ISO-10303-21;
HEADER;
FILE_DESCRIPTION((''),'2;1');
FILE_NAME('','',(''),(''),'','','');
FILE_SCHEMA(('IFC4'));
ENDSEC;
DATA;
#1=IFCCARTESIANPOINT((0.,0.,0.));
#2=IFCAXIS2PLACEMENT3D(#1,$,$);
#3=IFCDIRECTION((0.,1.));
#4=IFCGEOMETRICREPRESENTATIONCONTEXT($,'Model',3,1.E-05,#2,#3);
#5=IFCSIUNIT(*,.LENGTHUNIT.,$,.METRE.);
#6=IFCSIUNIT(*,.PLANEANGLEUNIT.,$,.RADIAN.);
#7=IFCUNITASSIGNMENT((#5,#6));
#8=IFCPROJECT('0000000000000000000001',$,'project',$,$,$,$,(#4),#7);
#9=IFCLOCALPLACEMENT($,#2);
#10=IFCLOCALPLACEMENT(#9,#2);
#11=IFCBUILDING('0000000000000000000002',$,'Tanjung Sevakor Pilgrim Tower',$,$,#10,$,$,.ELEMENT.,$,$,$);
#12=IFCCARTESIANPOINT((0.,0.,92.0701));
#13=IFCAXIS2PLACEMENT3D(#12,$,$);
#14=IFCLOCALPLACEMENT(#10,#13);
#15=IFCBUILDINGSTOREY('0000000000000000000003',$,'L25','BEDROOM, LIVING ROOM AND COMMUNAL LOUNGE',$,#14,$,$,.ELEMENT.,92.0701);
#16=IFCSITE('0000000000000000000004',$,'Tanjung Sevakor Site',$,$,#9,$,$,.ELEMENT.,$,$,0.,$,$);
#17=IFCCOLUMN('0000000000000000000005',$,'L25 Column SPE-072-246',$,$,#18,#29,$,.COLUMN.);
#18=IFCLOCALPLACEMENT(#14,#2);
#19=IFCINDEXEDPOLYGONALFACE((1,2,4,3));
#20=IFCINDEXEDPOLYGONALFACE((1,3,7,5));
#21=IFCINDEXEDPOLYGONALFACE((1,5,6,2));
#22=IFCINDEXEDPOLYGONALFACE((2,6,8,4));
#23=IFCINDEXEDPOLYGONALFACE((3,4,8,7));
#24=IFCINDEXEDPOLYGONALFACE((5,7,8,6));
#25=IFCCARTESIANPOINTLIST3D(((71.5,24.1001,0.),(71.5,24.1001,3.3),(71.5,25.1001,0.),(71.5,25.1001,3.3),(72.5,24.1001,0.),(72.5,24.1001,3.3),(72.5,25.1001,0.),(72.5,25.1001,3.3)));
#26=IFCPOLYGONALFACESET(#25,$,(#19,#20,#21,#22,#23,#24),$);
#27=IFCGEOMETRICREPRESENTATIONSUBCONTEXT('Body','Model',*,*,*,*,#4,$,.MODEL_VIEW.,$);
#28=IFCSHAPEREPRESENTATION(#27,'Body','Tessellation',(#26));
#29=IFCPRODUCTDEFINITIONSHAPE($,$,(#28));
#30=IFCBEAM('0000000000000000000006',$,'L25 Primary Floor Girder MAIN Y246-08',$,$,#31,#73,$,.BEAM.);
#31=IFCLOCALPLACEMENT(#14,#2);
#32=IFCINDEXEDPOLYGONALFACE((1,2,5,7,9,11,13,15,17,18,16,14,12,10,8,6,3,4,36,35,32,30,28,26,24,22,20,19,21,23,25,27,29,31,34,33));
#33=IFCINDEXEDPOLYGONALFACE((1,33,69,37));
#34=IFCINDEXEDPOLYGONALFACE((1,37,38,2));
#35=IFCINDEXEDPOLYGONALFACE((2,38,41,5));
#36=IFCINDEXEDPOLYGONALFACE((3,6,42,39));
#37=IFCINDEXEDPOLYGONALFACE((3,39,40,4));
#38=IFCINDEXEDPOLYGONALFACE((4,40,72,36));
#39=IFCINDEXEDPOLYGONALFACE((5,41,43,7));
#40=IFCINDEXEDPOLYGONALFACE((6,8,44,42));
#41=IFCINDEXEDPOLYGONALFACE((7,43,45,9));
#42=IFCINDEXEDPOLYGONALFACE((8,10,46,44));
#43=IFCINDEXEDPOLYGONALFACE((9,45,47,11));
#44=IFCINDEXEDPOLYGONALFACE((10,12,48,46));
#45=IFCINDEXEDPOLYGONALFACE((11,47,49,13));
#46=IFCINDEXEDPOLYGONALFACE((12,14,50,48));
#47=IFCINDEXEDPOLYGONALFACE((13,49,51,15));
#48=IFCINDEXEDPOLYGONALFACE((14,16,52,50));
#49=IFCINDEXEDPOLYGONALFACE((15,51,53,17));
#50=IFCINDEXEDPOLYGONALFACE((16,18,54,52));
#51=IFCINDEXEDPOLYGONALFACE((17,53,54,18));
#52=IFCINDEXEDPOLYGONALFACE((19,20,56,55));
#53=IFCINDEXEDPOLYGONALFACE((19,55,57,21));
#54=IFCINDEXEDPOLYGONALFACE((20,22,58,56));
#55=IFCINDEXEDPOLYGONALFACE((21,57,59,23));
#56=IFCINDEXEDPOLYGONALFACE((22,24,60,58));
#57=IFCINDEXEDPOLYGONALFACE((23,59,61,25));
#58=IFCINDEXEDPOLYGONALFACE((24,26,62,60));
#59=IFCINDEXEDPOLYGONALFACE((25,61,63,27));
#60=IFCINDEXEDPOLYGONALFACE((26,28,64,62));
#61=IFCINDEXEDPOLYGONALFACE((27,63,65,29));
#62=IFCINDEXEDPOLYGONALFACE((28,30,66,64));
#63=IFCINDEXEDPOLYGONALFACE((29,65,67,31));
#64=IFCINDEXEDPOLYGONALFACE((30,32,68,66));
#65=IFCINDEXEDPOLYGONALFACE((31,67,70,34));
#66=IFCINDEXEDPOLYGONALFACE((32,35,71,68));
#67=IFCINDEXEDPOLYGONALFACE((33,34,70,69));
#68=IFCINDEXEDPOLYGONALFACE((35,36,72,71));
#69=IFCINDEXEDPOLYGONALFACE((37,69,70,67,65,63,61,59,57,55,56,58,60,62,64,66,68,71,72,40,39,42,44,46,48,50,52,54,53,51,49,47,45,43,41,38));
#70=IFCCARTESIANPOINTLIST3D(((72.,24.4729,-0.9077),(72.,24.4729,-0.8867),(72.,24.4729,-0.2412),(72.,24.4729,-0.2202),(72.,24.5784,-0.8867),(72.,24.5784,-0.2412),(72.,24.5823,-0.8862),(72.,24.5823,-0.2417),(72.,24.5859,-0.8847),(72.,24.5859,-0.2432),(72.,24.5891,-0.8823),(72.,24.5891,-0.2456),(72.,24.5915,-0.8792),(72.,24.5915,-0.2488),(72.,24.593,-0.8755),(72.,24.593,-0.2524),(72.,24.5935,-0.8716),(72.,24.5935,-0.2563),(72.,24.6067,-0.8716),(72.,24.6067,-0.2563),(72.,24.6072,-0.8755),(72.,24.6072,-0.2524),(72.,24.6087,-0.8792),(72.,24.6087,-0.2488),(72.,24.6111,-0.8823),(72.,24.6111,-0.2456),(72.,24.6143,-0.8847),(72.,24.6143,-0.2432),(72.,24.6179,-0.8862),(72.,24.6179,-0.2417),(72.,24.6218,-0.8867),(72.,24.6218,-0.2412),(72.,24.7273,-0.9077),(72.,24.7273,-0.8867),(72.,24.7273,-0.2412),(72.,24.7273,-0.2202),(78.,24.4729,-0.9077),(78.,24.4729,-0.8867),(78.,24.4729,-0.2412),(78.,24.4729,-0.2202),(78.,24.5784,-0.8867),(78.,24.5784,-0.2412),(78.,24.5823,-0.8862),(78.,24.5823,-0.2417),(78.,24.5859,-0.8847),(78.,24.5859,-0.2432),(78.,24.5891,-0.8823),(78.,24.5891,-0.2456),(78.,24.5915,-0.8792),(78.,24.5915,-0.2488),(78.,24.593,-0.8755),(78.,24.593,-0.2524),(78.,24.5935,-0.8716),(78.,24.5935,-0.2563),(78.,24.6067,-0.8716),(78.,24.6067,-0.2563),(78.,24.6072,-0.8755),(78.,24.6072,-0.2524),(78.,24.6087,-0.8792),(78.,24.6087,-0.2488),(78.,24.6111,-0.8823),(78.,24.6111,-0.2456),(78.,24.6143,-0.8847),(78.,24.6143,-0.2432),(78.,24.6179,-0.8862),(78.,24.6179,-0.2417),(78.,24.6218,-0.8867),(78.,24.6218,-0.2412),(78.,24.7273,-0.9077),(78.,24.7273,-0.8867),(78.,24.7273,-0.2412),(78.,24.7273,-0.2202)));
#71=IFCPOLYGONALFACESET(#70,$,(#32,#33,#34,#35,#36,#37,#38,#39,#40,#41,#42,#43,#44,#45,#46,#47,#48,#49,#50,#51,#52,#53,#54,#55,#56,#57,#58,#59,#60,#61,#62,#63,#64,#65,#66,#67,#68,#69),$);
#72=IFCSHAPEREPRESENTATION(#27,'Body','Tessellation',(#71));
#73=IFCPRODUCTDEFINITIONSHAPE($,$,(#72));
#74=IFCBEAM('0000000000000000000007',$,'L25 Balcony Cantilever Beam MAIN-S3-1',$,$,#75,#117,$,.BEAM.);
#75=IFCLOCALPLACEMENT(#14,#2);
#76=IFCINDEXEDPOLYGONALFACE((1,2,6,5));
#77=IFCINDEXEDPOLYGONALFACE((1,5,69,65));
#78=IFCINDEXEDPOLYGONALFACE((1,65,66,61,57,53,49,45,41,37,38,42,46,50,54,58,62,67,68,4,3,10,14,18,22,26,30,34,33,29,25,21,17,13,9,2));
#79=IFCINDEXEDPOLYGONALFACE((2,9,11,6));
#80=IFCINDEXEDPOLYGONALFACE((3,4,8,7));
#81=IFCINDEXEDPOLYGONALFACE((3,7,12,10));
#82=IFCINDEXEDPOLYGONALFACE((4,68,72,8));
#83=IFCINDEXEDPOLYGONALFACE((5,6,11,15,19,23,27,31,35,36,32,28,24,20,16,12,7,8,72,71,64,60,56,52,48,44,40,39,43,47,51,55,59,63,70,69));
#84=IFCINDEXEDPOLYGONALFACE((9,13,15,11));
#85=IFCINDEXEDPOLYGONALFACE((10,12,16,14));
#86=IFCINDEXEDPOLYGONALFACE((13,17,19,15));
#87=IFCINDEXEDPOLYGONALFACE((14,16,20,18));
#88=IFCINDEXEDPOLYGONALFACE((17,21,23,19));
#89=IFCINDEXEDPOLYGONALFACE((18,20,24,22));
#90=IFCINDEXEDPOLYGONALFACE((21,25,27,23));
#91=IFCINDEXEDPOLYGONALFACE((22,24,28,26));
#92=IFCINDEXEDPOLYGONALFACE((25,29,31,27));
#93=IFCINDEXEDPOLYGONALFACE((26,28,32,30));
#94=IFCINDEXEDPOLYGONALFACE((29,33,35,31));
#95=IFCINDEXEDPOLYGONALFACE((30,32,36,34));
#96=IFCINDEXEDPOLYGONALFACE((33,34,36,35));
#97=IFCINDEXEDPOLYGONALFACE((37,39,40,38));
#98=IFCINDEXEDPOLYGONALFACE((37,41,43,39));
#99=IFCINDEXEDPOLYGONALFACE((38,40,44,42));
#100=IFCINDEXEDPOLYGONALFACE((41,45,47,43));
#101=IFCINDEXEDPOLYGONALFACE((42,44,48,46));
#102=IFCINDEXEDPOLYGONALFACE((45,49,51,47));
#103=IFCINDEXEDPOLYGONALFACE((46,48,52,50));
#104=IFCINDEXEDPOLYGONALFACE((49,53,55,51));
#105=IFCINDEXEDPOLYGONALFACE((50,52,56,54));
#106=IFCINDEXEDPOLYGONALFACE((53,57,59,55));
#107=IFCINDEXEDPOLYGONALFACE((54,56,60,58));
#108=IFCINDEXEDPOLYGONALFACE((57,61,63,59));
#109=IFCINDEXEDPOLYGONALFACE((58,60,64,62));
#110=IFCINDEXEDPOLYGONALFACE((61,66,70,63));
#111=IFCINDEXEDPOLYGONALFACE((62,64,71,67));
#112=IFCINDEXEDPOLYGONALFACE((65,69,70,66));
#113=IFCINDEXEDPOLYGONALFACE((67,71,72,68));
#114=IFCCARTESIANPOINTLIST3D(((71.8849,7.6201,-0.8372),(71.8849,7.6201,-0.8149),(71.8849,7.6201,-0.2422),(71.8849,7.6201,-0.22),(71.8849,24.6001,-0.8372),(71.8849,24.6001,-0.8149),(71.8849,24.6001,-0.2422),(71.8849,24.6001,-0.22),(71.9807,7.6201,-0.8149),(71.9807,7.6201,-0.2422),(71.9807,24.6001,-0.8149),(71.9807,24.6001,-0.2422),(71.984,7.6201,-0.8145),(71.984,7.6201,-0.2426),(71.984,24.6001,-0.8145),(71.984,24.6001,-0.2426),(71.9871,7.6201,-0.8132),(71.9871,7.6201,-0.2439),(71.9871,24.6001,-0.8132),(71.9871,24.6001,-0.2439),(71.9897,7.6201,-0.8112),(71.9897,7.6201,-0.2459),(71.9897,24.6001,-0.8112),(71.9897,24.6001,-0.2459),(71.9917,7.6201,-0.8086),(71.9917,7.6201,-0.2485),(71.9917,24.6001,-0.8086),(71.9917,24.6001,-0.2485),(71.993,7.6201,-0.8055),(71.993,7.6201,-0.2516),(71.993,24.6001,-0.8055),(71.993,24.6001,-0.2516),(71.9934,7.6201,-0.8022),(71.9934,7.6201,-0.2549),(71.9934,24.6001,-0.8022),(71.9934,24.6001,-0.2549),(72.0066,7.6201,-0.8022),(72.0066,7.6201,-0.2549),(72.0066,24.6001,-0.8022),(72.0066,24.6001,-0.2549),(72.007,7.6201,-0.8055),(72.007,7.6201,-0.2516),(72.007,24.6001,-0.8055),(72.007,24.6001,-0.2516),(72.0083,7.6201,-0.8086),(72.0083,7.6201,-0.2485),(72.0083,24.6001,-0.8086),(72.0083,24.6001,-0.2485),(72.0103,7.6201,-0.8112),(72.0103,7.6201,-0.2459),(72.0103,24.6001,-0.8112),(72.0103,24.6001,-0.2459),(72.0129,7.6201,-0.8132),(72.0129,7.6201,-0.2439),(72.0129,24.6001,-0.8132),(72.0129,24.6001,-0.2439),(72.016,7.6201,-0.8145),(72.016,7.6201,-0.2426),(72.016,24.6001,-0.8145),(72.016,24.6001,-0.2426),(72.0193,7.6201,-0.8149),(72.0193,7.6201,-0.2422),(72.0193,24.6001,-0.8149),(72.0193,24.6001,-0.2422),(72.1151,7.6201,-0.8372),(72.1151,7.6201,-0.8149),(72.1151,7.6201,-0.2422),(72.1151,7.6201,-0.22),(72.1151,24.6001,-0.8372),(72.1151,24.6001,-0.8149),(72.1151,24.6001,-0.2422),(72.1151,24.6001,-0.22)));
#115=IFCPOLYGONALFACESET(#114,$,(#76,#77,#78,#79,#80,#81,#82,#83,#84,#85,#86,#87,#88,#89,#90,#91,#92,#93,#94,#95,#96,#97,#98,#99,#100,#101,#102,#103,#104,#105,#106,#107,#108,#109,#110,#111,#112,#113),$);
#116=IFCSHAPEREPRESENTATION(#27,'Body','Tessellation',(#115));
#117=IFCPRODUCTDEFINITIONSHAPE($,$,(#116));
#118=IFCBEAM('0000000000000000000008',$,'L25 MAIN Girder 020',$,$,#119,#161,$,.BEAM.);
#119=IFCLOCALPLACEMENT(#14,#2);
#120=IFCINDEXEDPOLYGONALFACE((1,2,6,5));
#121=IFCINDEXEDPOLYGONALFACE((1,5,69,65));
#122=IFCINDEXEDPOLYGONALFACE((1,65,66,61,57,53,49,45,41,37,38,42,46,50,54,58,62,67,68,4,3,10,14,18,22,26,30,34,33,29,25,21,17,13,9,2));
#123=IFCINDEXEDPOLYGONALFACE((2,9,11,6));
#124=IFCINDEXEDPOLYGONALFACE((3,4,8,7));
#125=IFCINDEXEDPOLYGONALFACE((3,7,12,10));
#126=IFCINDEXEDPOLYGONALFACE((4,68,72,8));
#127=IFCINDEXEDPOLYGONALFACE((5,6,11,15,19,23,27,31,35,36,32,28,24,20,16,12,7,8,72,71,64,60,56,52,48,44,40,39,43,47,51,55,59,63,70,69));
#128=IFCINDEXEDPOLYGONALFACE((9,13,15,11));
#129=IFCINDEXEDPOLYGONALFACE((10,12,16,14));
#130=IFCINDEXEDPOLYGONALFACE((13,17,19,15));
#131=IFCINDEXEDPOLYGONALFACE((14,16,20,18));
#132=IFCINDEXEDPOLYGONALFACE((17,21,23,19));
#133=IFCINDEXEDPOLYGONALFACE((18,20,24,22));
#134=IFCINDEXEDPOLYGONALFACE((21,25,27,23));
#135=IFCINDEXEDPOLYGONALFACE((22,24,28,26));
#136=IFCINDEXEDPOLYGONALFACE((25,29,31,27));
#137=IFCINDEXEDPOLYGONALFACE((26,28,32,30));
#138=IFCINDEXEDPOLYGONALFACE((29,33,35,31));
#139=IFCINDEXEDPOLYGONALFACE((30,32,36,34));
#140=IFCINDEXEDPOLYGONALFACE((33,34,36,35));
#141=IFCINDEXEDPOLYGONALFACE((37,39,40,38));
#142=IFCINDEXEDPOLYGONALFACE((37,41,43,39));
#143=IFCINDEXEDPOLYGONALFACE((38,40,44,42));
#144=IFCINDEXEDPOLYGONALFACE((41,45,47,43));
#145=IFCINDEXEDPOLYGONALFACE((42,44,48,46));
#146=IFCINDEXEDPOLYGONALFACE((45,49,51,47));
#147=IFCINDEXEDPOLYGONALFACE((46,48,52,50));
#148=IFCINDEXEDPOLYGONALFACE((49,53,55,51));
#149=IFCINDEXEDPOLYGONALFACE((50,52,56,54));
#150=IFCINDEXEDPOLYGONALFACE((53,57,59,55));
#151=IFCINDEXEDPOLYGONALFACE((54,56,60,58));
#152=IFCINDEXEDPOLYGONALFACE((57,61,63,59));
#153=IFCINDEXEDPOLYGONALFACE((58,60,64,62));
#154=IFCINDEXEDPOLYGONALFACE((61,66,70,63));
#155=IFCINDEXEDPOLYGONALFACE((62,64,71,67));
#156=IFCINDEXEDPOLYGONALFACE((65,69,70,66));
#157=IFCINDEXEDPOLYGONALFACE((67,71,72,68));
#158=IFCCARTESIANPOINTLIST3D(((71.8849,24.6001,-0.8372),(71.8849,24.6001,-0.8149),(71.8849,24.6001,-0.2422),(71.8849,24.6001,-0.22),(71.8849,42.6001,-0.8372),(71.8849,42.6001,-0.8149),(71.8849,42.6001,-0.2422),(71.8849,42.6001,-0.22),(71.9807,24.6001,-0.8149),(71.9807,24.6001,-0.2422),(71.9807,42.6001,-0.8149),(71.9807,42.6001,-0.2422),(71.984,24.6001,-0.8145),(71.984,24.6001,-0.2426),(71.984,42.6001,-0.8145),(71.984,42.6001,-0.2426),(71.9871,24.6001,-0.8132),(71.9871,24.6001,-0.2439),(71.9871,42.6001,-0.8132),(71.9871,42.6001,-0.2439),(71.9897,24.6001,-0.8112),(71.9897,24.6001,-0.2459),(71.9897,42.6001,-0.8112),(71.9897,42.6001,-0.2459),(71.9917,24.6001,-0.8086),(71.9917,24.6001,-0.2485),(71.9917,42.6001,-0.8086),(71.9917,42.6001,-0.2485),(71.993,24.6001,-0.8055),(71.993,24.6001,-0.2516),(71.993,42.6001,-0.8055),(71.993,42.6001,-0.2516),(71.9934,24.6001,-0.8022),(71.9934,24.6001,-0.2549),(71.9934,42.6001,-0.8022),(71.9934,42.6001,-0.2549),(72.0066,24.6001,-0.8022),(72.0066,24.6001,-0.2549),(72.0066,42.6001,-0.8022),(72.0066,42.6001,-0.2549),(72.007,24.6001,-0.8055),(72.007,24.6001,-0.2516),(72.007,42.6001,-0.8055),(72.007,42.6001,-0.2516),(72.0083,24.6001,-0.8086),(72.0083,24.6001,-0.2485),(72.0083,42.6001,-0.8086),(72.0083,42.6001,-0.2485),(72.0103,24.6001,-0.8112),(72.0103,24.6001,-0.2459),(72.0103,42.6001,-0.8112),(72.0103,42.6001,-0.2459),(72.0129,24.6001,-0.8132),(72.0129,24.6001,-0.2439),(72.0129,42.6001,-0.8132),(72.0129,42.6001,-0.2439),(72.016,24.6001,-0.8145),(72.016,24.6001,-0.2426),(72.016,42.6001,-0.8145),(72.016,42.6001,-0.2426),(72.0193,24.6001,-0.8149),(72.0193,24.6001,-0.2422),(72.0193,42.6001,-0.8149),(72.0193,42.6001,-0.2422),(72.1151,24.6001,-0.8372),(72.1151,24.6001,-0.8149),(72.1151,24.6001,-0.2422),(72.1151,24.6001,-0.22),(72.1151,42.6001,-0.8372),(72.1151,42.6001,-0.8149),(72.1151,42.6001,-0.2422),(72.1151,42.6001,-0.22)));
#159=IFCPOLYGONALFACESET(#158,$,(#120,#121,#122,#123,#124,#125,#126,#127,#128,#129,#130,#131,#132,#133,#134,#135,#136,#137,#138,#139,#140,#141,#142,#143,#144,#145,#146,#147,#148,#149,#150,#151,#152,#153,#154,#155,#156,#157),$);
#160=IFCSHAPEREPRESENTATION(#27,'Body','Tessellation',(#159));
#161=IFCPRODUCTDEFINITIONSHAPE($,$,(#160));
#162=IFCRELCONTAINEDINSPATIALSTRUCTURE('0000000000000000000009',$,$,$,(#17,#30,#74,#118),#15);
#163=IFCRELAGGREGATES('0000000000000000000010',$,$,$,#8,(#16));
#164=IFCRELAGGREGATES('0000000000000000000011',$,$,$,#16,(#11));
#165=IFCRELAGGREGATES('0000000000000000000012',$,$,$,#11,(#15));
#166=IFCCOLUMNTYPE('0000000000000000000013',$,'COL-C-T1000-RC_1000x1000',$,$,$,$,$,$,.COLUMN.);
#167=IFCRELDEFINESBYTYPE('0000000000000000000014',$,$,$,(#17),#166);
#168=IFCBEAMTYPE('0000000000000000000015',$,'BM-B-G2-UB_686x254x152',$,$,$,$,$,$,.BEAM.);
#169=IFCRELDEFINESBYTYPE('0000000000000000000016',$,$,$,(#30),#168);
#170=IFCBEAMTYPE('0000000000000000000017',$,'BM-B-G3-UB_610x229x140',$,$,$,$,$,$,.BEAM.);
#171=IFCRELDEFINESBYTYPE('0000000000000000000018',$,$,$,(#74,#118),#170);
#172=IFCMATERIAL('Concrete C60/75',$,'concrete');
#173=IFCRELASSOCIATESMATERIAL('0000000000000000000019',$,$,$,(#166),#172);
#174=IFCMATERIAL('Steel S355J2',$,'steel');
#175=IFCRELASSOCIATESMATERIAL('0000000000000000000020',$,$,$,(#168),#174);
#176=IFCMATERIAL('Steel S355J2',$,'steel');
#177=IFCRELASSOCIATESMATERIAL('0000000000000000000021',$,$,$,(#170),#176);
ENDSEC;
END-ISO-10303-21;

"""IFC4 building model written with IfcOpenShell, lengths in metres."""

from ifc_helpers import new_model, si_unit, direction, frame, origin, origin_2d, place, context, subcontext, project, spatial, rectangle, i_section, extrude, material, material_profile, profile_set, type_object, element, save


model = new_model("IFC4")

# Units and contexts
model_context = context("Model", 3, precision=1e-05, world=origin(), true_north=direction((0.0, 1.0)))
body_context = subcontext(model_context, "Body", "Model", "MODEL_VIEW")
ifc_project = project(units=[si_unit("LENGTHUNIT", "METRE"), si_unit("PLANEANGLEUNIT", "RADIAN")], contexts=[model_context])

# Site, building, storey
site_placement = place(None, origin())
site = spatial("IfcSite", under=ifc_project, at=site_placement, Name="Tanjung Sevakor Site", CompositionType="ELEMENT", RefElevation=0.0)
building_placement = place(site_placement, origin())
building = spatial("IfcBuilding", under=site, at=building_placement, Name="Tanjung Sevakor Pilgrim Tower", CompositionType="ELEMENT")
storey_placement = place(building_placement, frame((0.0, 0.0, 92.0701)))
storey = spatial("IfcBuildingStorey", under=building, at=storey_placement, Name="L25", Description="BEDROOM, LIVING ROOM AND COMMUNAL LOUNGE", CompositionType="ELEMENT", Elevation=92.0701)

# Column
ifc_material_1 = material(Name="Concrete C60/75", Category="concrete")
ifc_material_profile_1 = material_profile(ifc_material_1, rectangle(XDim=1.0, YDim=1.0, at=origin_2d()))
ifc_profile_set_1 = profile_set([ifc_material_profile_1], Name="Concrete C60/75")
column_type = type_object("IfcColumnType", Name="COL-C-T1000-RC_1000x1000", PredefinedType="COLUMN", material=ifc_profile_set_1)
column_placement = place(storey_placement, frame((72.0, 24.6001, 0.0), z_axis=(0.0, 0.0, 1.0), x_axis=(1.0, 0.0, 0.0)))
element("IfcColumn", 1, at=column_placement, inside=storey, type_object=column_type, Name="L25 Column SPE-072-246", PredefinedType="COLUMN", context=body_context, shape_type="SweptSolid", body=[
    extrude(rectangle(XDim=1.0, YDim=1.0, at=origin_2d()), origin(), (0.0, 0.0, 1.0), 3.3),
])

# Beams
ifc_material_2 = material(Name="Steel S355J2", Category="steel")
ifc_material_profile_2 = material_profile(ifc_material_2, i_section(OverallWidth=0.2544, OverallDepth=0.6875, WebThickness=0.0132, FlangeThickness=0.021, FilletRadius=0.0151, at=origin_2d()))
ifc_profile_set_2 = profile_set([ifc_material_profile_2], Name="Steel S355J2")
beam_type_1 = type_object("IfcBeamType", Name="BM-B-G2-UB_686x254x152", PredefinedType="BEAM", material=ifc_profile_set_2)
beam_1_placement = place(storey_placement, frame((72.0, 24.6001, -0.564), z_axis=(1.0, 0.0, 0.0), x_axis=(0.0, 1.0, 0.0)))
element("IfcBeam", 2, at=beam_1_placement, inside=storey, type_object=beam_type_1, Name="L25 Primary Floor Girder MAIN Y246-08", PredefinedType="BEAM", context=body_context, shape_type="SweptSolid", body=[
    extrude(i_section(OverallWidth=0.2544, OverallDepth=0.6875, WebThickness=0.0132, FlangeThickness=0.021, FilletRadius=0.0151, at=origin_2d()), origin(), (0.0, 0.0, 1.0), 6.0),
])
ifc_material_3 = material(Name="Steel S355J2", Category="steel")
ifc_material_profile_3 = material_profile(ifc_material_3, i_section(OverallWidth=0.2302, OverallDepth=0.6172, WebThickness=0.0132, FlangeThickness=0.0222, FilletRadius=0.0127, at=origin_2d()))
ifc_profile_set_3 = profile_set([ifc_material_profile_3], Name="Steel S355J2")
beam_type_2 = type_object("IfcBeamType", Name="BM-B-G3-UB_610x229x140", PredefinedType="BEAM", material=ifc_profile_set_3)
beam_2_placement = place(storey_placement, frame((72.0, 24.6001, -0.5286), z_axis=(0.0, -1.0, 0.0), x_axis=(1.0, 0.0, 0.0)))
element("IfcBeam", 3, at=beam_2_placement, inside=storey, type_object=beam_type_2, Name="L25 Balcony Cantilever Beam MAIN-S3-1", PredefinedType="BEAM", context=body_context, shape_type="SweptSolid", body=[
    extrude(i_section(OverallWidth=0.2302, OverallDepth=0.6172, WebThickness=0.0132, FlangeThickness=0.0222, FilletRadius=0.0127, at=origin_2d()), origin(), (0.0, 0.0, 1.0), 16.98),
])
beam_3_placement = place(storey_placement, frame((72.0, 24.6001, -0.5286), z_axis=(0.0, 1.0, 0.0), x_axis=(-1.0, 0.0, 0.0)))
element("IfcBeam", 4, at=beam_3_placement, inside=storey, type_object=beam_type_2, Name="L25 MAIN Girder 020", PredefinedType="BEAM", context=body_context, shape_type="SweptSolid", body=[
    extrude(i_section(OverallWidth=0.2302, OverallDepth=0.6172, WebThickness=0.0132, FlangeThickness=0.0222, FilletRadius=0.0127, at=origin_2d()), origin(), (0.0, 0.0, 1.0), 18.0),
])

save(model, "model.ifc")
